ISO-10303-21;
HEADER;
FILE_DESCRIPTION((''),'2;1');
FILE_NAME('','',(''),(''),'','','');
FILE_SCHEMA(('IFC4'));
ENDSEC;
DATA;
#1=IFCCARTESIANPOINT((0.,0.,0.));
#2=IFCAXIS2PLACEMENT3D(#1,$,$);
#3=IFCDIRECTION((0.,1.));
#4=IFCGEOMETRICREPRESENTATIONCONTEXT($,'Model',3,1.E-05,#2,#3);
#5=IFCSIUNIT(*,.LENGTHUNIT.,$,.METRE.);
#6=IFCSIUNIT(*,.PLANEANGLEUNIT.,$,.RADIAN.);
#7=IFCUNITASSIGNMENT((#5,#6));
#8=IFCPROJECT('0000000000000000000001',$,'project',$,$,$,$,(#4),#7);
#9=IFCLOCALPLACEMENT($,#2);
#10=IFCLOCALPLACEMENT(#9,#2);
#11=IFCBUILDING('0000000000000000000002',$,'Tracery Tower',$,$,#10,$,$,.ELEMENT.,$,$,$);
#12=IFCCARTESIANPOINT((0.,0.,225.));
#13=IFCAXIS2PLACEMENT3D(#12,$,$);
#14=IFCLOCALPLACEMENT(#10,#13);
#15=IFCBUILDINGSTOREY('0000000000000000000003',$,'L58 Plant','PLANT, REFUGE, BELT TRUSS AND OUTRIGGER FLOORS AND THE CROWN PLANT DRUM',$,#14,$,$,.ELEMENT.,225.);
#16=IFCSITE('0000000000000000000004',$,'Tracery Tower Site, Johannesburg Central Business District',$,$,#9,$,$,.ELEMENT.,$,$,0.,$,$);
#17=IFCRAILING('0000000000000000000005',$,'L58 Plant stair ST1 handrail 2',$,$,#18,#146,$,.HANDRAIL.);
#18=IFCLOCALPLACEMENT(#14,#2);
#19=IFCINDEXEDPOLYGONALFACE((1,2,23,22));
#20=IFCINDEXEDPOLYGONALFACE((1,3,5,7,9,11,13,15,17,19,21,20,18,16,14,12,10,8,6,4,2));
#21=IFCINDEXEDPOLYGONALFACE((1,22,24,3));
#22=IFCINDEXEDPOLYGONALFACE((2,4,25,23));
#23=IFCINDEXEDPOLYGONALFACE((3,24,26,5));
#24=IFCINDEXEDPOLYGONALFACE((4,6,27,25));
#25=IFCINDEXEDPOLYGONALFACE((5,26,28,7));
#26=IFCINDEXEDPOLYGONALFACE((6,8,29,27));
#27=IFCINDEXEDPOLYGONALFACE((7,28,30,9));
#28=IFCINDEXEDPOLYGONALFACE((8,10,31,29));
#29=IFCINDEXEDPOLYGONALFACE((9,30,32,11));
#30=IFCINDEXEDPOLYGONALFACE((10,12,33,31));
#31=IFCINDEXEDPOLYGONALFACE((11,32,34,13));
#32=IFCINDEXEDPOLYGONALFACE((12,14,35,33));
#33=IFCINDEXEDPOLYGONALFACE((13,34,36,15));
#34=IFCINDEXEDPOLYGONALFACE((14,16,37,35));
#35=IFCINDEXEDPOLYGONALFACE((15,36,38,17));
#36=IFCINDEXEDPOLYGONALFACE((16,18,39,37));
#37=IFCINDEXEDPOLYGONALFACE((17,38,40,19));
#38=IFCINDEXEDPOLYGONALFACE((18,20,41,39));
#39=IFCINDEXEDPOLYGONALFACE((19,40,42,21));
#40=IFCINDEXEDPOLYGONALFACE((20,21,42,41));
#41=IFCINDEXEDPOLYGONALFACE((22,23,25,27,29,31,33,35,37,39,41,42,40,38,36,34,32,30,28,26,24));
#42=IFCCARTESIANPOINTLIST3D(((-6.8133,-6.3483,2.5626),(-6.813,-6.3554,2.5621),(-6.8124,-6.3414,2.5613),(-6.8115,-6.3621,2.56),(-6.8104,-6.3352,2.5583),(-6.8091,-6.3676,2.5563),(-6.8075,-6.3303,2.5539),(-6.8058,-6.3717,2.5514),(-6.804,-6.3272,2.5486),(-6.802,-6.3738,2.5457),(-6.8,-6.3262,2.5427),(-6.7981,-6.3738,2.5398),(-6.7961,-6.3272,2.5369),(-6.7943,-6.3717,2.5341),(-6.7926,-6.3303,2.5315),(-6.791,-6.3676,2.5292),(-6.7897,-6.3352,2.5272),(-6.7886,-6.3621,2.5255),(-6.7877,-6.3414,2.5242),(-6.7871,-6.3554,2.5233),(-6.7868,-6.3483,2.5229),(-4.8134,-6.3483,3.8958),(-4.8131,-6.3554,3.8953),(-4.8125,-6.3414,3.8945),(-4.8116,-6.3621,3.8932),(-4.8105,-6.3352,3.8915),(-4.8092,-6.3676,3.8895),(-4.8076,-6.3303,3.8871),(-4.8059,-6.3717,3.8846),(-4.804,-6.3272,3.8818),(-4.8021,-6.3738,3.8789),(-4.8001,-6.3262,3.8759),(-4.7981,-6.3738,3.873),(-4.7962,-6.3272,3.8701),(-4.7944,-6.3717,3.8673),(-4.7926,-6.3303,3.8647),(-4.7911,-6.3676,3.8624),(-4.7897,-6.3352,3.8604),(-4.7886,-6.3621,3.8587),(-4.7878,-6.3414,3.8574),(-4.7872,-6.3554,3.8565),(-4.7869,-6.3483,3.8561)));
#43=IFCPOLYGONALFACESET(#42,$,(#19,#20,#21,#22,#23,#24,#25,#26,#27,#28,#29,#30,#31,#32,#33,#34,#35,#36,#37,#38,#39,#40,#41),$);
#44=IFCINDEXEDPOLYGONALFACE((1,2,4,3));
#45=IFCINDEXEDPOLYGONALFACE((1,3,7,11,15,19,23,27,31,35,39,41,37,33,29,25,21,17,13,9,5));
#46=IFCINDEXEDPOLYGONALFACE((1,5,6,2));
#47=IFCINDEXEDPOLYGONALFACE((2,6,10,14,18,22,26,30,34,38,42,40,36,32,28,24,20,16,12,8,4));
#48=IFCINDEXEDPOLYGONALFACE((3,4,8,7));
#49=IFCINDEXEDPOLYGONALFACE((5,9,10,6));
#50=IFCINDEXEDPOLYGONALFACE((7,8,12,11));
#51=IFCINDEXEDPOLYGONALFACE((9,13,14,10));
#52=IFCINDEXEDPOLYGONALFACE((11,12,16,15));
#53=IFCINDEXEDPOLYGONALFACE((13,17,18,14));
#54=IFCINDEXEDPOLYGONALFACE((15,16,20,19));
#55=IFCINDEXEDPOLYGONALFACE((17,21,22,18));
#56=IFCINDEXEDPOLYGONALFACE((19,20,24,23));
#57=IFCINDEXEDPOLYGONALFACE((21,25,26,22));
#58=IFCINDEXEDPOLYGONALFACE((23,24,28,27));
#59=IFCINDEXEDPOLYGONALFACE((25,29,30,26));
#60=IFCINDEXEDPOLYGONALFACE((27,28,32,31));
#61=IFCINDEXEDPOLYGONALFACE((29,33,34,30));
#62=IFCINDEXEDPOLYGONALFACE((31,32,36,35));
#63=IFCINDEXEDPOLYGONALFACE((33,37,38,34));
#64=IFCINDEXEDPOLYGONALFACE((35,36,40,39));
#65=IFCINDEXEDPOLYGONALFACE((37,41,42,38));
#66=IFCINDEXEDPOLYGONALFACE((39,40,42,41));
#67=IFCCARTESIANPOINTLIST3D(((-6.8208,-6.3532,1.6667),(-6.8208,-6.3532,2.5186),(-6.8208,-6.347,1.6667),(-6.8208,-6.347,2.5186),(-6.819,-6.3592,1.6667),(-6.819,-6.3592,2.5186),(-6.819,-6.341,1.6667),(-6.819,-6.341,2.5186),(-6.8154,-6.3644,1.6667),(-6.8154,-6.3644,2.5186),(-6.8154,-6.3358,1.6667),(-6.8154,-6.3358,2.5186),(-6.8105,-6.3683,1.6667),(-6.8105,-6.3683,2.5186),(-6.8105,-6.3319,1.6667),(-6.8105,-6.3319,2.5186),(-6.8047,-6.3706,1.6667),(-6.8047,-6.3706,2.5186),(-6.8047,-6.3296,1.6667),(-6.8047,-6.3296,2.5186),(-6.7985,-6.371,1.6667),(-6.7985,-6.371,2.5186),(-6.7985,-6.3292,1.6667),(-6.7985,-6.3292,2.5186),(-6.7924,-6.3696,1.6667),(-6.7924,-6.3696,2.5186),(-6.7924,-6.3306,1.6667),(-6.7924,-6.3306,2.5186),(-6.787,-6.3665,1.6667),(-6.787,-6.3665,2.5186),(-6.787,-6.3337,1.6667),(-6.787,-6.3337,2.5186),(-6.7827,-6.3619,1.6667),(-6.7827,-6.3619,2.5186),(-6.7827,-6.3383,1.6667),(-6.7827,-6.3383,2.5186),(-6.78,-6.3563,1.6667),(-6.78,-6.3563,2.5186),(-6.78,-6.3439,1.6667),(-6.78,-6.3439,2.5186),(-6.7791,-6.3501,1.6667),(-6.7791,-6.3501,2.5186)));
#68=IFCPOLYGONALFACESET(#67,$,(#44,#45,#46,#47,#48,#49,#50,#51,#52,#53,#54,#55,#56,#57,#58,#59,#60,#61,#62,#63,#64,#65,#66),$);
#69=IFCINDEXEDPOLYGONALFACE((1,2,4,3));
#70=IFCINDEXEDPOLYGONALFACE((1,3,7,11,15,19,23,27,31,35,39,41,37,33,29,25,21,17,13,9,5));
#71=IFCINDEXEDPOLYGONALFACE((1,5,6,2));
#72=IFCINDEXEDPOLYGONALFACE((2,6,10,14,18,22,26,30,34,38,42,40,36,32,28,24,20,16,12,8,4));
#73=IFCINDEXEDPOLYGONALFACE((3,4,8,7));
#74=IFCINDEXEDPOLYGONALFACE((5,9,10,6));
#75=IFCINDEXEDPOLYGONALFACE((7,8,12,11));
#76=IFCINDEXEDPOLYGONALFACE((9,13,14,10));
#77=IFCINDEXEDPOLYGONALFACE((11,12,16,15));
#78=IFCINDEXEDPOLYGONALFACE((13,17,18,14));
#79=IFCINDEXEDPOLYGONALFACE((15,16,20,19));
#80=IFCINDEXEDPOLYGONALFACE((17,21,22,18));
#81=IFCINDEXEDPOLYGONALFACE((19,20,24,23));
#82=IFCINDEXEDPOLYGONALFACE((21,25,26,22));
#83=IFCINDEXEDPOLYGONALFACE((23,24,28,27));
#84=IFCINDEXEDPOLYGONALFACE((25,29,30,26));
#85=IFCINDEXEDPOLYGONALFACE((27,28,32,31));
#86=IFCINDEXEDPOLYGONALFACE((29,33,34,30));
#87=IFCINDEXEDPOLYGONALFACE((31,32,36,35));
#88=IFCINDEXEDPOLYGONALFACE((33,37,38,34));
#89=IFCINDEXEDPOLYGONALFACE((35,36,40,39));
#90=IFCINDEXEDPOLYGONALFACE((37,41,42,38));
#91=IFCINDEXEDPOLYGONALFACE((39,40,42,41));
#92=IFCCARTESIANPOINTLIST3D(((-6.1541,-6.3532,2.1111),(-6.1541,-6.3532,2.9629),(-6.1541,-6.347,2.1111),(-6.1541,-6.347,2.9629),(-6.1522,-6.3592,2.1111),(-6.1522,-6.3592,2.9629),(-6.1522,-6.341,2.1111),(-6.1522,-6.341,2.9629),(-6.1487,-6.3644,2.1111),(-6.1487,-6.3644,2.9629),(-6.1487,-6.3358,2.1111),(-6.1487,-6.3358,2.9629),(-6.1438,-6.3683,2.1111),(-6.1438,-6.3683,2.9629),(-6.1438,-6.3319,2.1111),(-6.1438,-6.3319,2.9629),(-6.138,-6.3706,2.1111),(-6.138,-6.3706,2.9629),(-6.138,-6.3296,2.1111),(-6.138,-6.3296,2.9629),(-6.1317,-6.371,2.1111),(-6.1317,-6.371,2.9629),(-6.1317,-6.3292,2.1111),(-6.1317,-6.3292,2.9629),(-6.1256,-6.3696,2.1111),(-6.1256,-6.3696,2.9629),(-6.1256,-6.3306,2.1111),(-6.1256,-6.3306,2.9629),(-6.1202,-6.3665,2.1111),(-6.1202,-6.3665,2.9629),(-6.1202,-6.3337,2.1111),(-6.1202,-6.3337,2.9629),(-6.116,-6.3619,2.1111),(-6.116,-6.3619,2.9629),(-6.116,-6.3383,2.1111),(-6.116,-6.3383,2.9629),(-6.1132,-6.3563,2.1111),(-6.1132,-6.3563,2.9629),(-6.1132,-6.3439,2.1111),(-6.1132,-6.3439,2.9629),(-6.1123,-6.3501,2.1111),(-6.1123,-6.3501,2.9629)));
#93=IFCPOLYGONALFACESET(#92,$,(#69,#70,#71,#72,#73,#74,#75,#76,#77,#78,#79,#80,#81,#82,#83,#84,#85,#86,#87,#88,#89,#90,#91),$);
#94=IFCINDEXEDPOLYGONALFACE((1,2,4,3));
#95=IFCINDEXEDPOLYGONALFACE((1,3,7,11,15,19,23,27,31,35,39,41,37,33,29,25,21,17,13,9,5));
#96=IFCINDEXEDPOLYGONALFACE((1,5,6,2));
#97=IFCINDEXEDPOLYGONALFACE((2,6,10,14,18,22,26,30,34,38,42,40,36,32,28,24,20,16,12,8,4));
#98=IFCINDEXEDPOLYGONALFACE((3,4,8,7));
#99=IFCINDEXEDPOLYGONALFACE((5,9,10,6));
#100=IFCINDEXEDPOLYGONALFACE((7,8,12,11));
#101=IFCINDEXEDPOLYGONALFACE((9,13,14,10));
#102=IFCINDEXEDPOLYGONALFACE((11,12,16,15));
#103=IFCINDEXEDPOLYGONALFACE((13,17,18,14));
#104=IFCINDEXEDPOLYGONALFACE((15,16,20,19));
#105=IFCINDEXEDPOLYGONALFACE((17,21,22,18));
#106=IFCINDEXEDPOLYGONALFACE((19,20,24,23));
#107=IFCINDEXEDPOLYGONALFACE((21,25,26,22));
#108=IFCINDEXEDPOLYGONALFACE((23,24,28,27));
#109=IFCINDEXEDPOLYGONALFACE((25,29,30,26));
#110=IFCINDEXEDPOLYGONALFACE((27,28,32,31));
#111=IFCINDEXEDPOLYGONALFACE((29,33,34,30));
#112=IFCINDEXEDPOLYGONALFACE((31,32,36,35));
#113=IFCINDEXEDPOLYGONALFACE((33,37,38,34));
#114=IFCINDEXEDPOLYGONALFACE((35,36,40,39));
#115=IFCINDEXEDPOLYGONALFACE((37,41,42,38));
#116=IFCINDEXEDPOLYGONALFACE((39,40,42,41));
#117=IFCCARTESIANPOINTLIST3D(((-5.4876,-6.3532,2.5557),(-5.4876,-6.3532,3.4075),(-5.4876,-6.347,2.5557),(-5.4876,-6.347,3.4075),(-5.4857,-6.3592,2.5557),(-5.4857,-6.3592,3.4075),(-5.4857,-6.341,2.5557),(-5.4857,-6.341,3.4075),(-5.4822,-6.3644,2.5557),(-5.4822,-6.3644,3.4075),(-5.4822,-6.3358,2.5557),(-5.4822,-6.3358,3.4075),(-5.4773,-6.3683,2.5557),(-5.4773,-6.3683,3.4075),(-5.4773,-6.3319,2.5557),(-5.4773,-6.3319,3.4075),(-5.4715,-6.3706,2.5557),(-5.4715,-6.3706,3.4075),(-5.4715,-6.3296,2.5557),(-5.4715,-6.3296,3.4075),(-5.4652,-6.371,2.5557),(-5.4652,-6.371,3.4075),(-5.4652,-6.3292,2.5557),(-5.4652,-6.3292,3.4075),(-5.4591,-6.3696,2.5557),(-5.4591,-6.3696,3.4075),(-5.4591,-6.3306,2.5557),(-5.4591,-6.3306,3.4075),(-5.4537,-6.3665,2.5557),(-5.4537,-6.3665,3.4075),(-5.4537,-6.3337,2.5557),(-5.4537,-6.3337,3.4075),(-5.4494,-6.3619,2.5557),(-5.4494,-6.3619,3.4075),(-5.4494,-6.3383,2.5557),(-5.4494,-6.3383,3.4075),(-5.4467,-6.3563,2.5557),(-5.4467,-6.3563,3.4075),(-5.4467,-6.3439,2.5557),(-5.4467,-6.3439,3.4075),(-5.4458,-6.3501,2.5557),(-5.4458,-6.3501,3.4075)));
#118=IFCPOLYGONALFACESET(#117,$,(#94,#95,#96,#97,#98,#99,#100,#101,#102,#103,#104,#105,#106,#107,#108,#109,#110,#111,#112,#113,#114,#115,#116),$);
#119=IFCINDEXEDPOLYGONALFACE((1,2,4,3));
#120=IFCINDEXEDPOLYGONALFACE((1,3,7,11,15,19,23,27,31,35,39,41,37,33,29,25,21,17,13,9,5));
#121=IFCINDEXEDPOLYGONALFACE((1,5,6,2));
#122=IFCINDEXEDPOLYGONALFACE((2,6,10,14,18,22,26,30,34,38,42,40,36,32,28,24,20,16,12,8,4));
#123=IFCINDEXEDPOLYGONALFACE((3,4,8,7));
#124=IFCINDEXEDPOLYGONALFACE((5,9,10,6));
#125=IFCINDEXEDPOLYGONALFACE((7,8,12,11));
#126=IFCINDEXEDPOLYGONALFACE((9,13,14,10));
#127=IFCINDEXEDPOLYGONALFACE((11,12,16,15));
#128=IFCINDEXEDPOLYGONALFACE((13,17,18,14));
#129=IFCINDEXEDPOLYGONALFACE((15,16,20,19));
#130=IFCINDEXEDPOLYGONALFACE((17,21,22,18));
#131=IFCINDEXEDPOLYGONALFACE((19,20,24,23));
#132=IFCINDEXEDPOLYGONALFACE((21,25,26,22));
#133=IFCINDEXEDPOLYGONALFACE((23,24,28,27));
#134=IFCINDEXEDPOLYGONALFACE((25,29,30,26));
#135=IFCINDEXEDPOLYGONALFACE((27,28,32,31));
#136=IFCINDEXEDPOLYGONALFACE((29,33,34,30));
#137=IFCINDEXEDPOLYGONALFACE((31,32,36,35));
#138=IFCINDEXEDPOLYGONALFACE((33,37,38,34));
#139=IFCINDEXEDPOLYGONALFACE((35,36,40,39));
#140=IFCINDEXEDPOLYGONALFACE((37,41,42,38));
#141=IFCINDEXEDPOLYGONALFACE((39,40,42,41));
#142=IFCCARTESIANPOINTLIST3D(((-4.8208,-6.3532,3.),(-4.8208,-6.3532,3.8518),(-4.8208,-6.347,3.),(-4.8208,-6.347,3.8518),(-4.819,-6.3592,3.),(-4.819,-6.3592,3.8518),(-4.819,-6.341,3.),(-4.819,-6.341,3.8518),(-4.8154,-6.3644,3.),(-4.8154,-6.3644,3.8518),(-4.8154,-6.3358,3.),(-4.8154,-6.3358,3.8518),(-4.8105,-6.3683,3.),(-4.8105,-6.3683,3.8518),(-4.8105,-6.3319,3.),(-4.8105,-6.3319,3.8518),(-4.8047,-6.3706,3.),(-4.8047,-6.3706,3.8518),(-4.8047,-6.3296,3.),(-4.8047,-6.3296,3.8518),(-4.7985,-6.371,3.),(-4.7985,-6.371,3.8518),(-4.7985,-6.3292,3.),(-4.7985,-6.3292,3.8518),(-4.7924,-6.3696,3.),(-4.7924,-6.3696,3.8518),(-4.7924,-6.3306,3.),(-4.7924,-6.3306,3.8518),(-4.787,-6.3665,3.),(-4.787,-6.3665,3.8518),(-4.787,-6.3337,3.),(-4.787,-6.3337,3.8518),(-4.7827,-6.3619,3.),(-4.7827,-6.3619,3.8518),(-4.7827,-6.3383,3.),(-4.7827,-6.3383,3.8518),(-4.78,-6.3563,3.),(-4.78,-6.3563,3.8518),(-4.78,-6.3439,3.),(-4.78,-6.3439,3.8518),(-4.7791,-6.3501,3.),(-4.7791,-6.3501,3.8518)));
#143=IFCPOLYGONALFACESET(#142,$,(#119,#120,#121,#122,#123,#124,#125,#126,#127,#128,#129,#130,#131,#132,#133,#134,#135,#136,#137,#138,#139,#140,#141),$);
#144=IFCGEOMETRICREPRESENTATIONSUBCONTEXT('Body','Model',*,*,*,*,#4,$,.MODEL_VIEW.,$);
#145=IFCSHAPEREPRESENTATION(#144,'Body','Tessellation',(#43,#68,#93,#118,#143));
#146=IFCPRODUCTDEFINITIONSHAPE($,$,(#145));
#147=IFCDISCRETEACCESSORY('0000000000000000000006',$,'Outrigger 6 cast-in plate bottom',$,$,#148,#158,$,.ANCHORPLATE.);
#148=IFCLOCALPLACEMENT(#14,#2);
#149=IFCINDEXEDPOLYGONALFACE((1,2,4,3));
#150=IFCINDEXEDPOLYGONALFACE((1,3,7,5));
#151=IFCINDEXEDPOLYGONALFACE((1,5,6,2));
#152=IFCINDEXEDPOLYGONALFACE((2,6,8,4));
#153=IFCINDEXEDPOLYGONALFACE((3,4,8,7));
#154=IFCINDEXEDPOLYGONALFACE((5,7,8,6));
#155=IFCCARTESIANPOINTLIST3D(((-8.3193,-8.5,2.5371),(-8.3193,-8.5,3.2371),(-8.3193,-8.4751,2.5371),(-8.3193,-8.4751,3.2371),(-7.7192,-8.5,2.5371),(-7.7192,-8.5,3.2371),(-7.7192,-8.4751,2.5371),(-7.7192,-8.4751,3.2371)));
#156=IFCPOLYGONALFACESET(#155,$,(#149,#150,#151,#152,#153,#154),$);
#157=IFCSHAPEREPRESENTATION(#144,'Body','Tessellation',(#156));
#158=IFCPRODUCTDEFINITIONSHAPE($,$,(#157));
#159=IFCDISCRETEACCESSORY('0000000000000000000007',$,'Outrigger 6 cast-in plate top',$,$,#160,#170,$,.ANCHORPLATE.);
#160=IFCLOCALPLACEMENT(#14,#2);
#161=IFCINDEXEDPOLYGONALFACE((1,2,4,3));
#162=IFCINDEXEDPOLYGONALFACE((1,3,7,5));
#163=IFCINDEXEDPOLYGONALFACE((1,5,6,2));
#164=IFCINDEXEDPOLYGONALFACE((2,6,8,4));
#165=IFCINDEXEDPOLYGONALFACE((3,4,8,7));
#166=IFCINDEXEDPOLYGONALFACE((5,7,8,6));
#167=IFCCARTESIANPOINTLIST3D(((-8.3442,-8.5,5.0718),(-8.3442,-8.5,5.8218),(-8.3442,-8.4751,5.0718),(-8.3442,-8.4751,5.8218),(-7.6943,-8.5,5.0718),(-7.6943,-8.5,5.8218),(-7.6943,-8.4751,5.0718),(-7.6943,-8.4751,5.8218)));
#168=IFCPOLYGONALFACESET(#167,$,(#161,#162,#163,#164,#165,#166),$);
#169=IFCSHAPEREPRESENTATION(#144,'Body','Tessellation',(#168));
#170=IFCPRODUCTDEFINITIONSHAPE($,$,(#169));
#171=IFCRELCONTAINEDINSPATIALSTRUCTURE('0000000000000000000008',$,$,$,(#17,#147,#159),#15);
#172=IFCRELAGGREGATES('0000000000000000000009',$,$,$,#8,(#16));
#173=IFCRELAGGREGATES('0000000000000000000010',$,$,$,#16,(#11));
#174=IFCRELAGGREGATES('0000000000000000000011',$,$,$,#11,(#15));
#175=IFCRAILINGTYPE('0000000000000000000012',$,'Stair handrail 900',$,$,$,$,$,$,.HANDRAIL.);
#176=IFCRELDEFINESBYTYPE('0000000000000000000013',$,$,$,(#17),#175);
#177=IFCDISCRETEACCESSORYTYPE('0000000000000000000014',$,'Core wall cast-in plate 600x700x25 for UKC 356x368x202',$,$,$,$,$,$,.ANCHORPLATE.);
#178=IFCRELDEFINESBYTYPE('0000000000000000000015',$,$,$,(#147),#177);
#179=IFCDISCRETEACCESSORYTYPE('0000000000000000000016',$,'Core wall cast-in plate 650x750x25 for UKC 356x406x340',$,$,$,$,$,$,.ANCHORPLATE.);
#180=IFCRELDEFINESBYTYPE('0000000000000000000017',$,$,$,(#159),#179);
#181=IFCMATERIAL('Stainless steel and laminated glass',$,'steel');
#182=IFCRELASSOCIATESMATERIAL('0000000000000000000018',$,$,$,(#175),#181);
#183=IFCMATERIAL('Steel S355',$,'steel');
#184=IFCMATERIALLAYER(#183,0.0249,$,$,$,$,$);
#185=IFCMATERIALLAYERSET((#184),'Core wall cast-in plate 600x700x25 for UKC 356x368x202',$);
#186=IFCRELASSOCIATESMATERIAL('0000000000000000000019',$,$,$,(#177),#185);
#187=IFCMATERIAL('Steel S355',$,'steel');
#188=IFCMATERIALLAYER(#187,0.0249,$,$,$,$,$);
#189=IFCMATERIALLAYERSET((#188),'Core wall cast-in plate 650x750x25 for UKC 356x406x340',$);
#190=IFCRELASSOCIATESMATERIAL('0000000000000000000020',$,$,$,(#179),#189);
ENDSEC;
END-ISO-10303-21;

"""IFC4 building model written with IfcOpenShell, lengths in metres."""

from ifc_helpers import new_model, si_unit, direction, frame, origin, origin_2d, place, context, subcontext, project, spatial, rectangle, circle, extrude, material, layer, layer_set, type_object, element, save


model = new_model("IFC4")

# Units and contexts
model_context = context("Model", 3, precision=1e-05, world=origin(), true_north=direction((0.0, 1.0)))
body_context = subcontext(model_context, "Body", "Model", "MODEL_VIEW")
ifc_project = project(units=[si_unit("LENGTHUNIT", "METRE"), si_unit("PLANEANGLEUNIT", "RADIAN")], contexts=[model_context])

# Site, building, storey
site_placement = place(None, origin())
site = spatial("IfcSite", under=ifc_project, at=site_placement, Name="Tracery Tower Site, Johannesburg Central Business District", CompositionType="ELEMENT", RefElevation=0.0)
building_placement = place(site_placement, origin())
building = spatial("IfcBuilding", under=site, at=building_placement, Name="Tracery Tower", CompositionType="ELEMENT")
storey_placement = place(building_placement, frame((0.0, 0.0, 225.0)))
storey = spatial("IfcBuildingStorey", under=building, at=storey_placement, Name="L58 Plant", Description="PLANT, REFUGE, BELT TRUSS AND OUTRIGGER FLOORS AND THE CROWN PLANT DRUM", CompositionType="ELEMENT", Elevation=225.0)

# Railing
ifc_material_1 = material(Name="Stainless steel and laminated glass", Category="steel")
railing_type = type_object("IfcRailingType", Name="Stair handrail 900", PredefinedType="HANDRAIL", material=ifc_material_1)
railing_placement = place(storey_placement, frame((-6.8, -6.3501, 1.6667)))
element("IfcRailing", 1, at=railing_placement, inside=storey, type_object=railing_type, Name="L58 Plant stair ST1 handrail 2", PredefinedType="HANDRAIL", context=body_context, shape_type="SweptSolid", body=[
    extrude(circle(Radius=0.0239, at=origin_2d()), frame((0.0, 0.0, 0.876), z_axis=(0.832066, 0.0, 0.554677), x_axis=(0.0, 1.0, 0.0)), (0.0, 0.0, 1.0), 2.4036),
    extrude(circle(Radius=0.021, at=origin_2d()), origin(), (0.0, 0.0, 1.0), 0.8518),
    extrude(circle(Radius=0.021, at=origin_2d()), frame((0.6667, 0.0, 0.4443)), (0.0, 0.0, 1.0), 0.8518),
    extrude(circle(Radius=0.021, at=origin_2d()), frame((1.3333, 0.0, 0.8889)), (0.0, 0.0, 1.0), 0.8518),
    extrude(circle(Radius=0.021, at=origin_2d()), frame((2.0, 0.0, 1.3333)), (0.0, 0.0, 1.0), 0.8518),
])

# Discrete accessories
ifc_material_2 = material(Name="Steel S355", Category="steel")
ifc_layer_1 = layer(ifc_material_2, 0.0249)
ifc_layer_set_1 = layer_set([ifc_layer_1], Name="Core wall cast-in plate 600x700x25 for UKC 356x368x202")
discrete_accessory_type_1 = type_object("IfcDiscreteAccessoryType", Name="Core wall cast-in plate 600x700x25 for UKC 356x368x202", PredefinedType="ANCHORPLATE", material=ifc_layer_set_1)
discrete_accessory_1_placement = place(storey_placement, frame((-8.0193, -8.4875, 2.5371), z_axis=(0.0, 0.0, 1.0), x_axis=(1.0, 0.0, 0.0)))
element("IfcDiscreteAccessory", 2, at=discrete_accessory_1_placement, inside=storey, type_object=discrete_accessory_type_1, Name="Outrigger 6 cast-in plate bottom", PredefinedType="ANCHORPLATE", context=body_context, shape_type="SweptSolid", body=[
    extrude(rectangle(XDim=0.6001, YDim=0.0249, at=origin_2d()), origin(), (0.0, 0.0, 1.0), 0.7),
])
ifc_material_3 = material(Name="Steel S355", Category="steel")
ifc_layer_2 = layer(ifc_material_3, 0.0249)
ifc_layer_set_2 = layer_set([ifc_layer_2], Name="Core wall cast-in plate 650x750x25 for UKC 356x406x340")
discrete_accessory_type_2 = type_object("IfcDiscreteAccessoryType", Name="Core wall cast-in plate 650x750x25 for UKC 356x406x340", PredefinedType="ANCHORPLATE", material=ifc_layer_set_2)
discrete_accessory_2_placement = place(storey_placement, frame((-8.0193, -8.4875, 5.0718), z_axis=(0.0, 0.0, 1.0), x_axis=(1.0, 0.0, 0.0)))
element("IfcDiscreteAccessory", 3, at=discrete_accessory_2_placement, inside=storey, type_object=discrete_accessory_type_2, Name="Outrigger 6 cast-in plate top", PredefinedType="ANCHORPLATE", context=body_context, shape_type="SweptSolid", body=[
    extrude(rectangle(XDim=0.6499, YDim=0.0249, at=origin_2d()), origin(), (0.0, 0.0, 1.0), 0.75),
])

save(model, "model.ifc")
